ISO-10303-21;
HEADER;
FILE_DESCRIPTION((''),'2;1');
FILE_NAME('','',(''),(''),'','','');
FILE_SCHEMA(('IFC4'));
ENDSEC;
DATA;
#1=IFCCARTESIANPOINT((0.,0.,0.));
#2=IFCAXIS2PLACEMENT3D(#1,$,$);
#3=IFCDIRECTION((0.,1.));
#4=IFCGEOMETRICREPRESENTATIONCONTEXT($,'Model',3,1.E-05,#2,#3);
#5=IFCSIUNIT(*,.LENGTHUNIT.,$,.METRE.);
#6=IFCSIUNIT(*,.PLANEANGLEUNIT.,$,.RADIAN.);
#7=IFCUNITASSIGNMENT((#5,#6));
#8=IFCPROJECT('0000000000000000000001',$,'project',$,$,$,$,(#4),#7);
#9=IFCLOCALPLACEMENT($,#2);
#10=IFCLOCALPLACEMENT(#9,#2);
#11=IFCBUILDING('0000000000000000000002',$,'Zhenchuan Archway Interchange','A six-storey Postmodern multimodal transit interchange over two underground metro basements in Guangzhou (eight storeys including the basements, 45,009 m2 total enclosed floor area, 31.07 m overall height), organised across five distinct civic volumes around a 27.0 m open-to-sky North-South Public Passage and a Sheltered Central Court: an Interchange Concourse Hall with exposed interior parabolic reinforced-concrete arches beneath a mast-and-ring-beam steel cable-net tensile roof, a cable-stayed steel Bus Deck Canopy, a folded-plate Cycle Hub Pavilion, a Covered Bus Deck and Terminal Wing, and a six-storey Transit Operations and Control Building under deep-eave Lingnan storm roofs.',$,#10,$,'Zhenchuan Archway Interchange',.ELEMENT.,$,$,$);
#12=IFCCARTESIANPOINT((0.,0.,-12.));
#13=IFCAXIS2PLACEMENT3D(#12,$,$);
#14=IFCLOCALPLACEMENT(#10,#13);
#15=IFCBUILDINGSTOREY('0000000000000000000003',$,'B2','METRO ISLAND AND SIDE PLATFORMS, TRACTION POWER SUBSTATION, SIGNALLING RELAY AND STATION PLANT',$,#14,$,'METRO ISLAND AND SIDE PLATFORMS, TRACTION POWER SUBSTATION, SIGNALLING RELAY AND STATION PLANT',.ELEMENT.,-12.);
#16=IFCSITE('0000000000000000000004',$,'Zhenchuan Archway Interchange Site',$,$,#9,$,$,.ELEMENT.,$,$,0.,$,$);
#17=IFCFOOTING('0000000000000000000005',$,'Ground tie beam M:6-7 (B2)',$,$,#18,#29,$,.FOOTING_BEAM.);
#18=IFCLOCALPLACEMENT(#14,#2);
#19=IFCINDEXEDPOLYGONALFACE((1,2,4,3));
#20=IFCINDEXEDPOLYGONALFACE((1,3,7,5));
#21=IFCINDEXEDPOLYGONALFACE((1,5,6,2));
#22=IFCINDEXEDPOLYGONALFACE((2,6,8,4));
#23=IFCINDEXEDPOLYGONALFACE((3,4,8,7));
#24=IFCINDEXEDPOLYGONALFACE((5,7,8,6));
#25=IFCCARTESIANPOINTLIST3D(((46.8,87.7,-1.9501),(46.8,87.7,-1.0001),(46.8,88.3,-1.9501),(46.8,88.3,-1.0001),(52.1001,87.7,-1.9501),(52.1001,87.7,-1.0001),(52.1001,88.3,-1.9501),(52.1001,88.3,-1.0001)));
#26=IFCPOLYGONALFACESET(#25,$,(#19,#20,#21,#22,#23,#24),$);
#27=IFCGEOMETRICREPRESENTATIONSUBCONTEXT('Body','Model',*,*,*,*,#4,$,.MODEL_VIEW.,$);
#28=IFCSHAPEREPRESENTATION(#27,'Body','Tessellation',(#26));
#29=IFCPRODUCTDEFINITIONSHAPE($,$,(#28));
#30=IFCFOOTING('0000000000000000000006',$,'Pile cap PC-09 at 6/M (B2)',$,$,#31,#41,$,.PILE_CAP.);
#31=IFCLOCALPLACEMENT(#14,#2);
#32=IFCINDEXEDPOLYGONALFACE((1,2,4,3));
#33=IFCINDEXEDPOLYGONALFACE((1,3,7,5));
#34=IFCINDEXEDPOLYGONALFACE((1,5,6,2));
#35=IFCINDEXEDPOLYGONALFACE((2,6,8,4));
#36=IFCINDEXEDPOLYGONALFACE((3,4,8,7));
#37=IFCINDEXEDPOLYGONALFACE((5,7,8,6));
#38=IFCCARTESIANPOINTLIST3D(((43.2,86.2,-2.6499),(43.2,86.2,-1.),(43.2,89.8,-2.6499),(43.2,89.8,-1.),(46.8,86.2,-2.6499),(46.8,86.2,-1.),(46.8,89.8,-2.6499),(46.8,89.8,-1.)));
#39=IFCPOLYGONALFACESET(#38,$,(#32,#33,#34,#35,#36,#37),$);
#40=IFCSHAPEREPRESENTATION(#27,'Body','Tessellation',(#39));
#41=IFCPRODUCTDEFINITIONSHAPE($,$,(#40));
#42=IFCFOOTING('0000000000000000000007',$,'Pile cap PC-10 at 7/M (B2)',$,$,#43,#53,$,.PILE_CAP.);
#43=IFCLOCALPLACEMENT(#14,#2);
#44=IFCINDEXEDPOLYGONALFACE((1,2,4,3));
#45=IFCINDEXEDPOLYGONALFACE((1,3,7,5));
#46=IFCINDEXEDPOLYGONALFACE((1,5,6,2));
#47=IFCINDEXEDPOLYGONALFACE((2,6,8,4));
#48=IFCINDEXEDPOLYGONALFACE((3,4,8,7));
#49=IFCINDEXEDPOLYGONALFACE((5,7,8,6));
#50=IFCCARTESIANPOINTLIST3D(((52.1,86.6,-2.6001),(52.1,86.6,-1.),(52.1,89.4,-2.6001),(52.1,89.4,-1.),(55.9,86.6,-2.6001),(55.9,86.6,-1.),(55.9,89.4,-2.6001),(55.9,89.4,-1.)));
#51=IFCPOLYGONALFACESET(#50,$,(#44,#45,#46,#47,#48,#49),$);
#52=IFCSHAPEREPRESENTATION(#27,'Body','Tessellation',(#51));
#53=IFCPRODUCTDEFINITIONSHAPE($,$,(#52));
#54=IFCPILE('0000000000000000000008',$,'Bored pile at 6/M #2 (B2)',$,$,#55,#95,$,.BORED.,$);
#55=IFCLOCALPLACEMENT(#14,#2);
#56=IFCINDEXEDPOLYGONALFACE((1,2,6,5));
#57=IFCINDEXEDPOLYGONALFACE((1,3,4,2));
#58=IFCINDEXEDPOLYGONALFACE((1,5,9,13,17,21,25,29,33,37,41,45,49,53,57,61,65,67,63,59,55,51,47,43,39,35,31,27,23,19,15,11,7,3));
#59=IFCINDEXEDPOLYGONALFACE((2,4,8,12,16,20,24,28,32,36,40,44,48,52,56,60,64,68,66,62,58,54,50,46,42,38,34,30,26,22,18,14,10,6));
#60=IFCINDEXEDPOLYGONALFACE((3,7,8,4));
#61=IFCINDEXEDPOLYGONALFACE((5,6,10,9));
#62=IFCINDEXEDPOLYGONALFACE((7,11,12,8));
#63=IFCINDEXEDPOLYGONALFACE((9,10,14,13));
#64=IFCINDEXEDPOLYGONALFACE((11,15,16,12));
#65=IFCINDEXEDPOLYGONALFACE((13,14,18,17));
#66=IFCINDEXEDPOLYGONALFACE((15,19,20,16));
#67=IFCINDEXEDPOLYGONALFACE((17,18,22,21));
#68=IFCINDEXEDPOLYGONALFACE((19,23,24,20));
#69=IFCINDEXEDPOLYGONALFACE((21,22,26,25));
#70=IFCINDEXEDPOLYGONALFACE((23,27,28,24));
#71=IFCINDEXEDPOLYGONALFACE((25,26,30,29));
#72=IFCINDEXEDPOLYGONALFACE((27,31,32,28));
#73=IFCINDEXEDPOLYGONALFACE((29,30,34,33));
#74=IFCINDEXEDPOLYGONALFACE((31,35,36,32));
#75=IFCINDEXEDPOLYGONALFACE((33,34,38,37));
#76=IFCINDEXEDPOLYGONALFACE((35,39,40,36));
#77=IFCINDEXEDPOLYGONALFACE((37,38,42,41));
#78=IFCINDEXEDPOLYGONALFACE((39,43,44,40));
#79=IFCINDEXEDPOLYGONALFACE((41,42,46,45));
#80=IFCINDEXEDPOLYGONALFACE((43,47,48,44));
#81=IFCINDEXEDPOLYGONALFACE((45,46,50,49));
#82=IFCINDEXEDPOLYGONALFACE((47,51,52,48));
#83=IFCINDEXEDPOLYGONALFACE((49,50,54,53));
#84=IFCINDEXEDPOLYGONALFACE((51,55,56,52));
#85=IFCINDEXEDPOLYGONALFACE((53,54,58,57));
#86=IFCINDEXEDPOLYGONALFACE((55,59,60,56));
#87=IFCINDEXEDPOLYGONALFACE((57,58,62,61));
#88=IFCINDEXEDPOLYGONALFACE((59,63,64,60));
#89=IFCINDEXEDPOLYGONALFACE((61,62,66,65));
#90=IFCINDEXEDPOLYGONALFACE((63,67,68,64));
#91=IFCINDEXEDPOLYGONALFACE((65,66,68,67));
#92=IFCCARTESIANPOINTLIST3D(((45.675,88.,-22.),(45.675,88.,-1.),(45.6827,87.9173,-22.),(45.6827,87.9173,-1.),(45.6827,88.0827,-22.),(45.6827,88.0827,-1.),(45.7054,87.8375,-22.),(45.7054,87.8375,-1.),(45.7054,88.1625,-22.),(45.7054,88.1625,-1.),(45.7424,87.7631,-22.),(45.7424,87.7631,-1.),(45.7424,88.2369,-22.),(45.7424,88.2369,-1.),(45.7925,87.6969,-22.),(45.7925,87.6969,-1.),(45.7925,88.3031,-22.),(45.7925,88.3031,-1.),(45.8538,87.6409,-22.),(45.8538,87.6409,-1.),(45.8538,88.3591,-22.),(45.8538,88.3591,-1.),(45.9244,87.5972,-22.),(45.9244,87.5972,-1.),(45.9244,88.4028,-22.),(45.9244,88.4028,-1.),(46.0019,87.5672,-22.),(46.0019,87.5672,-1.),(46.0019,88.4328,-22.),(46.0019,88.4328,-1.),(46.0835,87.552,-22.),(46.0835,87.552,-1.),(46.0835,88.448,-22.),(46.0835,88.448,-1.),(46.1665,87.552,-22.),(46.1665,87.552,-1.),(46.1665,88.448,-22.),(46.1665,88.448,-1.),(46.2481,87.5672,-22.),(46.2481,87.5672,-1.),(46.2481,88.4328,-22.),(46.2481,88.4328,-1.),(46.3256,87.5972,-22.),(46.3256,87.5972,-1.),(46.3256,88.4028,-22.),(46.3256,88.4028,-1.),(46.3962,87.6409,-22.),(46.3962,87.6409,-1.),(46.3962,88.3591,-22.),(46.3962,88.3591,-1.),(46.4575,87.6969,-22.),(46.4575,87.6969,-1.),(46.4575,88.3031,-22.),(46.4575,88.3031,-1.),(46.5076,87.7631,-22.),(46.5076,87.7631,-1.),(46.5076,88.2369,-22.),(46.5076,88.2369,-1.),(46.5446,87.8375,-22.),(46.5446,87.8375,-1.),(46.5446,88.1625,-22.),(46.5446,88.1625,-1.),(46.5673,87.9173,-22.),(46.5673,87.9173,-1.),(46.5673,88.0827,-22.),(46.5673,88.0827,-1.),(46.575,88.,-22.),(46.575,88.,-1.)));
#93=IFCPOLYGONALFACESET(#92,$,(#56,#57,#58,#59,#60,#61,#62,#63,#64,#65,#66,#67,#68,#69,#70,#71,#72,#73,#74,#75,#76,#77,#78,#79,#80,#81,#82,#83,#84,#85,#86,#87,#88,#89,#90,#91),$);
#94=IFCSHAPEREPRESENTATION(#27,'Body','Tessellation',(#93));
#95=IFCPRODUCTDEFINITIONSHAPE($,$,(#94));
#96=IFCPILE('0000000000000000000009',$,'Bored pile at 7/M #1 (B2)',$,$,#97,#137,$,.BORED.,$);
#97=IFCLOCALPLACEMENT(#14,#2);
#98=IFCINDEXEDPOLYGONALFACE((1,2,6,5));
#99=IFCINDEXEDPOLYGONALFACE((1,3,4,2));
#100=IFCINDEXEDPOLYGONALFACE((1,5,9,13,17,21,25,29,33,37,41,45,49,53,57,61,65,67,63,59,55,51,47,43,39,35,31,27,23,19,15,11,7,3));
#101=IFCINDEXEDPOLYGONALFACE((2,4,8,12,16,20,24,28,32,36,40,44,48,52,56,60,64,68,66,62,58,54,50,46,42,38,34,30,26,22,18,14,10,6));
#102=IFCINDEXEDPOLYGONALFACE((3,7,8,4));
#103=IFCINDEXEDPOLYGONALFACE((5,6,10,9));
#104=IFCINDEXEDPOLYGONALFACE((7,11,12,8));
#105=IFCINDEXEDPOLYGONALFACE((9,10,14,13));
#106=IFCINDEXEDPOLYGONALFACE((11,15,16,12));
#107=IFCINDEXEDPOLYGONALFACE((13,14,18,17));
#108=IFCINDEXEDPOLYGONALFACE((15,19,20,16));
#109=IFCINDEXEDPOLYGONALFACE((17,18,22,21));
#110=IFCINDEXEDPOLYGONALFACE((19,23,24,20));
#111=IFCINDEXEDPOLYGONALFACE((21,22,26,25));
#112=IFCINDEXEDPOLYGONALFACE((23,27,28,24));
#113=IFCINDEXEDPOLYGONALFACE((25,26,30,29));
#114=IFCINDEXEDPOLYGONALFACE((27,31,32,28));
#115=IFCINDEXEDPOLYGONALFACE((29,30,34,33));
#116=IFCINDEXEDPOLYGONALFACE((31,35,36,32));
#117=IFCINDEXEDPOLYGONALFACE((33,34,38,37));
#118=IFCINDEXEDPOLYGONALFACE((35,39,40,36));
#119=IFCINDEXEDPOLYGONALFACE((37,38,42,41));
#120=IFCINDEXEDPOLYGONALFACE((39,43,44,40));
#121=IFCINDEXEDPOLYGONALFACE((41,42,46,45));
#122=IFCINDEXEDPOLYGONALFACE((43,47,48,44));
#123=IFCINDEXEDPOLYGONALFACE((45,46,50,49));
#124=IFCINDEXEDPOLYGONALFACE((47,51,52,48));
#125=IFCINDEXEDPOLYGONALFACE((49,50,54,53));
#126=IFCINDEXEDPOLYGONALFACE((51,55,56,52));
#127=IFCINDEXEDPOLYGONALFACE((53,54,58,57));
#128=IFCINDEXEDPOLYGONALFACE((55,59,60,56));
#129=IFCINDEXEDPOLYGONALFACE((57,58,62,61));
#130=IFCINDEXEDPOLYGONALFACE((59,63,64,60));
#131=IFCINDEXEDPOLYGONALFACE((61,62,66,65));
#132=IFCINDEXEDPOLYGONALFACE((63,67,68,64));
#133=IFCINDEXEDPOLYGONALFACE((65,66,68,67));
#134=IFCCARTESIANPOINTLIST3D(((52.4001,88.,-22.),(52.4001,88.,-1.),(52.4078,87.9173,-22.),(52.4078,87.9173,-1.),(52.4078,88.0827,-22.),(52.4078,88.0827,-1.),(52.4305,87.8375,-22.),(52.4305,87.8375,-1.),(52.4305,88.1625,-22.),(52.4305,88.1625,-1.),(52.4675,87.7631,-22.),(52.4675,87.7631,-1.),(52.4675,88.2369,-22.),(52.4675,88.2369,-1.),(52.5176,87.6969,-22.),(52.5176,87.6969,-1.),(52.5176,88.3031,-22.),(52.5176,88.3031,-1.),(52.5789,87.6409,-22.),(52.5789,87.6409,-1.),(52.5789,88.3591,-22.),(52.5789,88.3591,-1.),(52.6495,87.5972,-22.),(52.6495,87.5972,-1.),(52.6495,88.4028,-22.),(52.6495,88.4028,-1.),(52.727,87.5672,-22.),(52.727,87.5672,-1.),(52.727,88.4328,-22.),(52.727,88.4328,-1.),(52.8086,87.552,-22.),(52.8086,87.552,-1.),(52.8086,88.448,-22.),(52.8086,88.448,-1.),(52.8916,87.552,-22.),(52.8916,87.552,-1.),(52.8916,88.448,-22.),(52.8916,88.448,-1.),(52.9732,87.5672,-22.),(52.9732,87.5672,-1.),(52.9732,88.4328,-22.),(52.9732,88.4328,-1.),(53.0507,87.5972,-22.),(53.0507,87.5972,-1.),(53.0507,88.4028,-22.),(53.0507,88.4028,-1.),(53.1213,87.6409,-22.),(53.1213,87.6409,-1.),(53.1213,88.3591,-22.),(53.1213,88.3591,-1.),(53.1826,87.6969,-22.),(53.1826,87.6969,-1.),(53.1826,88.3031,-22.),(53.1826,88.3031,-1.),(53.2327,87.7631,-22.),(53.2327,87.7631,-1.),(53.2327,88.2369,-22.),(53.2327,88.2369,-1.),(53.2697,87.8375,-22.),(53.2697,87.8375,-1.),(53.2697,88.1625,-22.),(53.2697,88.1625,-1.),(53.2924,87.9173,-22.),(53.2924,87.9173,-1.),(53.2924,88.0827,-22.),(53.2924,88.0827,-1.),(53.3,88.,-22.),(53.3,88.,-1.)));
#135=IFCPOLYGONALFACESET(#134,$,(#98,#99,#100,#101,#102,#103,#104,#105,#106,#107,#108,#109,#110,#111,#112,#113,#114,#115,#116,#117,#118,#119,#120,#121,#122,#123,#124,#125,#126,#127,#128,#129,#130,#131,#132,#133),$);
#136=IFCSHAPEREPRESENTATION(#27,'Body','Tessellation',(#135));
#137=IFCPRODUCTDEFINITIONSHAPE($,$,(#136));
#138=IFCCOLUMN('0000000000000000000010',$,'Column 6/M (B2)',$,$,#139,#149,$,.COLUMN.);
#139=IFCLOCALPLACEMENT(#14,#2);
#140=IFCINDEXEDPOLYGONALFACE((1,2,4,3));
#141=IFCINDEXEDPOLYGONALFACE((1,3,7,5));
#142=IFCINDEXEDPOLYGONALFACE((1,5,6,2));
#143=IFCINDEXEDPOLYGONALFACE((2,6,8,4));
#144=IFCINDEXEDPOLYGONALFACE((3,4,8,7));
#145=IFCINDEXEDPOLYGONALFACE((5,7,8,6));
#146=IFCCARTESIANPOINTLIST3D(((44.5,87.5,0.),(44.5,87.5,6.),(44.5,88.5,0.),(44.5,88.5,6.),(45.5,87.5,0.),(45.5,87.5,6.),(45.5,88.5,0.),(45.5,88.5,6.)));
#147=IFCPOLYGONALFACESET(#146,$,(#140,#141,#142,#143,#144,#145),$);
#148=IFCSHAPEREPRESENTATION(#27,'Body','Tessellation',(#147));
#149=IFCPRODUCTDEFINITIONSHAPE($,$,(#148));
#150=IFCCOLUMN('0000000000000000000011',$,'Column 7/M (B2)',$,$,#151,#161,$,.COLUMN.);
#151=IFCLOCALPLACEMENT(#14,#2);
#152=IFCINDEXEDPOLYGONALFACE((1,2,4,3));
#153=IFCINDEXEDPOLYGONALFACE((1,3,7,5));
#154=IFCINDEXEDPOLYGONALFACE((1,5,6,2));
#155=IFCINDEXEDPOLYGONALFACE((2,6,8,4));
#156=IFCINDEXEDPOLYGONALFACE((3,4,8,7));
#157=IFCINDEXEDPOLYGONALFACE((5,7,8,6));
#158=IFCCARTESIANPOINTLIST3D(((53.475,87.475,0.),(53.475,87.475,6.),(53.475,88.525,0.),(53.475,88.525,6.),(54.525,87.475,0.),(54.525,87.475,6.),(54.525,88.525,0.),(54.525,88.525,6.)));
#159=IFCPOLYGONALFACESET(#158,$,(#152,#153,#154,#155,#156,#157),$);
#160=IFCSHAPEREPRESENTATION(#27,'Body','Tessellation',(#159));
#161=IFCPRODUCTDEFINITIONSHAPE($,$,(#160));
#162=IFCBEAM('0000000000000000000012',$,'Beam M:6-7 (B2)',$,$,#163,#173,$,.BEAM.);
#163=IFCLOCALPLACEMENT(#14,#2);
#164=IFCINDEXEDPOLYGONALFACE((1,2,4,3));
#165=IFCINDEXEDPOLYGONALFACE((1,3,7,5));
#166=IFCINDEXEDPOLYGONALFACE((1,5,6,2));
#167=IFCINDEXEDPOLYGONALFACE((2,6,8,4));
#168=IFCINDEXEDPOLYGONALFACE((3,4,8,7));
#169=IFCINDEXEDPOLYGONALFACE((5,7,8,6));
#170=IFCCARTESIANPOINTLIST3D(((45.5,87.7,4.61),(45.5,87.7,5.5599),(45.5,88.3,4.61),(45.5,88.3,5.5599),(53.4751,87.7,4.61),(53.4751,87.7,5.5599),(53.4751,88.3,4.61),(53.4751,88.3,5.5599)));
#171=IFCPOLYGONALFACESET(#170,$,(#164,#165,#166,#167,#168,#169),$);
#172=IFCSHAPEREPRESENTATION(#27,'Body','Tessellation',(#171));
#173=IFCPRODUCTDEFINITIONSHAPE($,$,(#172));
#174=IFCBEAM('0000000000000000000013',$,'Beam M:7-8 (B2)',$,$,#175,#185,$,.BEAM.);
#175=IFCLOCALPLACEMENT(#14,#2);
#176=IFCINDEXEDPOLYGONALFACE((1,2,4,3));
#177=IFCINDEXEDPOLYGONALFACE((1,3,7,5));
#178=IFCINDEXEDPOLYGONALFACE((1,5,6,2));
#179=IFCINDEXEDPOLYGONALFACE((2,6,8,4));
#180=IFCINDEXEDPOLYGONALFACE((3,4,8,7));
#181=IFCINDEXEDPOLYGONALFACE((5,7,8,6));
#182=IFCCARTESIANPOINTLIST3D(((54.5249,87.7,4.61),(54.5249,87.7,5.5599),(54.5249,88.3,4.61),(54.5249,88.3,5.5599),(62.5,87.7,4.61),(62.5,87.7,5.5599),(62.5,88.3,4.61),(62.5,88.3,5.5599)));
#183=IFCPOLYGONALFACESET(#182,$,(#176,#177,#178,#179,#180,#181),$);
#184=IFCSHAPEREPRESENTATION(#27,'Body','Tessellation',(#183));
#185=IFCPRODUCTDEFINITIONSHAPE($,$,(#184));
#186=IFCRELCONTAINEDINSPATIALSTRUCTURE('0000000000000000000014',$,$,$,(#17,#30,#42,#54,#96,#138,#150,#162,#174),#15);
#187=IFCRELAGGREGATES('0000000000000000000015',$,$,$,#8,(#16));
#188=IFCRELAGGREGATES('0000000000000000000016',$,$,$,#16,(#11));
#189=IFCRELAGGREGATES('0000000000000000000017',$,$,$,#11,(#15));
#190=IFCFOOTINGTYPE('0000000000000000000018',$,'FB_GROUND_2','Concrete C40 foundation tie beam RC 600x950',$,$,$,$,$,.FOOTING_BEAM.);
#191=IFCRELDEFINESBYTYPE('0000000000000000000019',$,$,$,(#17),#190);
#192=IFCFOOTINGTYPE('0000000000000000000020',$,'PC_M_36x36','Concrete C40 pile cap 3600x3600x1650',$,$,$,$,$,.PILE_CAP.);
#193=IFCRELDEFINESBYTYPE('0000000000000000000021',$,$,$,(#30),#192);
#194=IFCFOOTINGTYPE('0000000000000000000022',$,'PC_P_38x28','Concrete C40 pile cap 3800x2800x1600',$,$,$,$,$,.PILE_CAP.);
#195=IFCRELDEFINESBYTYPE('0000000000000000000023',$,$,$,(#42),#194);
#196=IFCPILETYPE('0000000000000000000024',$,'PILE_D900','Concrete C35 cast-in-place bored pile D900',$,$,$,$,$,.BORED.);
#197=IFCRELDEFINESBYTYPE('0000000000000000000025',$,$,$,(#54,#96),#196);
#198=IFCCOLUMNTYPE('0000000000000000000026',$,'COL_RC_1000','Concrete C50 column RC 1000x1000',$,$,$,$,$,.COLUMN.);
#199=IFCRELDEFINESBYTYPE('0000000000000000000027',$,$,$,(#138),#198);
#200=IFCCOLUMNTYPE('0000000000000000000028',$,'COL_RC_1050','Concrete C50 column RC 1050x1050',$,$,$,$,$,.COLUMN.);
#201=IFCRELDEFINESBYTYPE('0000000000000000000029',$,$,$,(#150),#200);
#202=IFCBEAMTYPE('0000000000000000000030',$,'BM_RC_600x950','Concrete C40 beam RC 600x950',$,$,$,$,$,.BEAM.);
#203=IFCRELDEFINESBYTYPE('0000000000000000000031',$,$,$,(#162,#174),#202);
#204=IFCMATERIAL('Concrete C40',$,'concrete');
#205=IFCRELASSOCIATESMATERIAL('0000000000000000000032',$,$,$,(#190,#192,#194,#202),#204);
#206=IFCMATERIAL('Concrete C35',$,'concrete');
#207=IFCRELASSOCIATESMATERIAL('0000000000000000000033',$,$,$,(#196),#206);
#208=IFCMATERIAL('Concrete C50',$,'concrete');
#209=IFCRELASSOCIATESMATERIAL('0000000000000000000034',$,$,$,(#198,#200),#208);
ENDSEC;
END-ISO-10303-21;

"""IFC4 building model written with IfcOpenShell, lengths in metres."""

from ifc_helpers import new_model, si_unit, direction, frame, origin, origin_2d, place, context, subcontext, project, spatial, rectangle, circle, extrude, material, material_profile, profile_set, type_object, element, save


model = new_model("IFC4")

# Units and contexts
model_context = context("Model", 3, precision=1e-05, world=origin(), true_north=direction((0.0, 1.0)))
body_context = subcontext(model_context, "Body", "Model", "MODEL_VIEW")
ifc_project = project(units=[si_unit("LENGTHUNIT", "METRE"), si_unit("PLANEANGLEUNIT", "RADIAN")], contexts=[model_context])

# Site, building, storey
site_placement = place(None, origin())
site = spatial("IfcSite", under=ifc_project, at=site_placement, Name="Zhenchuan Archway Interchange Site", CompositionType="ELEMENT", RefElevation=0.0)
building_placement = place(site_placement, origin())
building = spatial("IfcBuilding", under=site, at=building_placement, Name="Zhenchuan Archway Interchange", Description="A six-storey Postmodern multimodal transit interchange over two underground metro basements in Guangzhou (eight storeys including the basements, 45,009 m2 total enclosed floor area, 31.07 m overall height), organised across five distinct civic volumes around a 27.0 m open-to-sky North-South Public Passage and a Sheltered Central Court: an Interchange Concourse Hall with exposed interior parabolic reinforced-concrete arches beneath a mast-and-ring-beam steel cable-net tensile roof, a cable-stayed steel Bus Deck Canopy, a folded-plate Cycle Hub Pavilion, a Covered Bus Deck and Terminal Wing, and a six-storey Transit Operations and Control Building under deep-eave Lingnan storm roofs.", LongName="Zhenchuan Archway Interchange", CompositionType="ELEMENT")
storey_placement = place(building_placement, frame((0.0, 0.0, -12.0)))
storey = spatial("IfcBuildingStorey", under=building, at=storey_placement, Name="B2", Description="METRO ISLAND AND SIDE PLATFORMS, TRACTION POWER SUBSTATION, SIGNALLING RELAY AND STATION PLANT", LongName="METRO ISLAND AND SIDE PLATFORMS, TRACTION POWER SUBSTATION, SIGNALLING RELAY AND STATION PLANT", CompositionType="ELEMENT", Elevation=-12.0)

# Footings
ifc_material_1 = material(Name="Concrete C40", Category="concrete")
ifc_material_profile_1 = material_profile(ifc_material_1, rectangle(XDim=0.6001, YDim=0.95, at=origin_2d()), Name="RC 600x950")
ifc_profile_set_1 = profile_set([ifc_material_profile_1], Name="Concrete C40")
footing_type_1 = type_object("IfcFootingType", Name="FB_GROUND_2", Description="Concrete C40 foundation tie beam RC 600x950", PredefinedType="FOOTING_BEAM", material=ifc_profile_set_1)
footing_1_placement = place(storey_placement, frame((46.8, 88.0, -1.4751), z_axis=(1.0, 0.0, 0.0), x_axis=(0.0, 1.0, 0.0)))
element("IfcFooting", 1, at=footing_1_placement, inside=storey, type_object=footing_type_1, Name="Ground tie beam M:6-7 (B2)", PredefinedType="FOOTING_BEAM", context=body_context, shape_type="SweptSolid", body=[
    extrude(rectangle(XDim=0.6001, YDim=0.95, at=origin_2d()), origin(), (0.0, 0.0, 1.0), 5.3),
])
footing_type_2 = type_object("IfcFootingType", Name="PC_M_36x36", Description="Concrete C40 pile cap 3600x3600x1650", PredefinedType="PILE_CAP", material=ifc_material_1)
footing_2_placement = place(storey_placement, frame((45.0, 88.0, -2.6499), z_axis=(0.0, 0.0, 1.0), x_axis=(1.0, 0.0, 0.0)))
element("IfcFooting", 2, at=footing_2_placement, inside=storey, type_object=footing_type_2, Name="Pile cap PC-09 at 6/M (B2)", PredefinedType="PILE_CAP", context=body_context, shape_type="SweptSolid", body=[
    extrude(rectangle(XDim=3.6001, YDim=3.6001, at=origin_2d()), origin(), (0.0, 0.0, 1.0), 1.6499),
])
footing_type_3 = type_object("IfcFootingType", Name="PC_P_38x28", Description="Concrete C40 pile cap 3800x2800x1600", PredefinedType="PILE_CAP", material=ifc_material_1)
footing_3_placement = place(storey_placement, frame((54.0, 88.0, -2.6001), z_axis=(0.0, 0.0, 1.0), x_axis=(1.0, 0.0, 0.0)))
element("IfcFooting", 3, at=footing_3_placement, inside=storey, type_object=footing_type_3, Name="Pile cap PC-10 at 7/M (B2)", PredefinedType="PILE_CAP", context=body_context, shape_type="SweptSolid", body=[
    extrude(rectangle(XDim=3.8, YDim=2.8, at=origin_2d()), origin(), (0.0, 0.0, 1.0), 1.6001),
])

# Piles
ifc_material_2 = material(Name="Concrete C35", Category="concrete")
ifc_material_profile_2 = material_profile(ifc_material_2, circle(Radius=0.45, at=origin_2d()), Name="BORED PILE 900")
ifc_profile_set_2 = profile_set([ifc_material_profile_2], Name="Concrete C35")
pile_type = type_object("IfcPileType", Name="PILE_D900", Description="Concrete C35 cast-in-place bored pile D900", PredefinedType="BORED", material=ifc_profile_set_2)
for number, where, z_axis, x_axis, name in (
    (4, (46.125, 88.0, -1.0), (0.0, 0.0, -1.0), (1.0, 0.0, 0.0), "Bored pile at 6/M #2 (B2)"),
    (5, (52.8501, 88.0, -1.0), (0.0, 0.0, -1.0), (1.0, 0.0, 0.0), "Bored pile at 7/M #1 (B2)"),
):
    element("IfcPile", number, at=place(storey_placement, frame(where, z_axis=z_axis, x_axis=x_axis)), inside=storey, type_object=pile_type, Name=name, PredefinedType="BORED", context=body_context, shape_type="SweptSolid", body=[
        extrude(circle(Radius=0.45, at=origin_2d()), origin(), (0.0, 0.0, 1.0), 21.0),
    ])

# Columns
ifc_material_3 = material(Name="Concrete C50", Category="concrete")
ifc_material_profile_3 = material_profile(ifc_material_3, rectangle(XDim=1.0, YDim=1.0, at=origin_2d()), Name="RC 1000x1000")
ifc_profile_set_3 = profile_set([ifc_material_profile_3], Name="Concrete C50")
column_type_1 = type_object("IfcColumnType", Name="COL_RC_1000", Description="Concrete C50 column RC 1000x1000", PredefinedType="COLUMN", material=ifc_profile_set_3)
column_1_placement = place(storey_placement, frame((45.0, 88.0, 0.0), z_axis=(0.0, 0.0, 1.0), x_axis=(1.0, 0.0, 0.0)))
element("IfcColumn", 6, at=column_1_placement, inside=storey, type_object=column_type_1, Name="Column 6/M (B2)", PredefinedType="COLUMN", context=body_context, shape_type="SweptSolid", body=[
    extrude(rectangle(XDim=1.0, YDim=1.0, at=origin_2d()), origin(), (0.0, 0.0, 1.0), 6.0),
])
ifc_material_profile_4 = material_profile(ifc_material_3, rectangle(XDim=1.05, YDim=1.05, at=origin_2d()), Name="RC 1050x1050")
ifc_profile_set_4 = profile_set([ifc_material_profile_4], Name="Concrete C50")
column_type_2 = type_object("IfcColumnType", Name="COL_RC_1050", Description="Concrete C50 column RC 1050x1050", PredefinedType="COLUMN", material=ifc_profile_set_4)
column_2_placement = place(storey_placement, frame((54.0, 88.0, 0.0), z_axis=(0.0, 0.0, 1.0), x_axis=(1.0, 0.0, 0.0)))
element("IfcColumn", 7, at=column_2_placement, inside=storey, type_object=column_type_2, Name="Column 7/M (B2)", PredefinedType="COLUMN", context=body_context, shape_type="SweptSolid", body=[
    extrude(rectangle(XDim=1.05, YDim=1.05, at=origin_2d()), origin(), (0.0, 0.0, 1.0), 6.0),
])

# Beams
ifc_material_profile_5 = material_profile(ifc_material_1, rectangle(XDim=0.6001, YDim=0.95, at=origin_2d()), Name="RC 600x950")
ifc_profile_set_5 = profile_set([ifc_material_profile_5], Name="Concrete C40")
beam_type = type_object("IfcBeamType", Name="BM_RC_600x950", Description="Concrete C40 beam RC 600x950", PredefinedType="BEAM", material=ifc_profile_set_5)
for number, where, z_axis, x_axis, name in (
    (8, (45.5, 88.0, 5.085), (1.0, 0.0, 0.0), (0.0, 1.0, 0.0), "Beam M:6-7 (B2)"),
    (9, (54.5249, 88.0, 5.085), (1.0, 0.0, 0.0), (0.0, 1.0, 0.0), "Beam M:7-8 (B2)"),
):
    element("IfcBeam", number, at=place(storey_placement, frame(where, z_axis=z_axis, x_axis=x_axis)), inside=storey, type_object=beam_type, Name=name, PredefinedType="BEAM", context=body_context, shape_type="SweptSolid", body=[
        extrude(rectangle(XDim=0.6001, YDim=0.95, at=origin_2d()), origin(), (0.0, 0.0, 1.0), 7.9751),
    ])

save(model, "model.ifc")
